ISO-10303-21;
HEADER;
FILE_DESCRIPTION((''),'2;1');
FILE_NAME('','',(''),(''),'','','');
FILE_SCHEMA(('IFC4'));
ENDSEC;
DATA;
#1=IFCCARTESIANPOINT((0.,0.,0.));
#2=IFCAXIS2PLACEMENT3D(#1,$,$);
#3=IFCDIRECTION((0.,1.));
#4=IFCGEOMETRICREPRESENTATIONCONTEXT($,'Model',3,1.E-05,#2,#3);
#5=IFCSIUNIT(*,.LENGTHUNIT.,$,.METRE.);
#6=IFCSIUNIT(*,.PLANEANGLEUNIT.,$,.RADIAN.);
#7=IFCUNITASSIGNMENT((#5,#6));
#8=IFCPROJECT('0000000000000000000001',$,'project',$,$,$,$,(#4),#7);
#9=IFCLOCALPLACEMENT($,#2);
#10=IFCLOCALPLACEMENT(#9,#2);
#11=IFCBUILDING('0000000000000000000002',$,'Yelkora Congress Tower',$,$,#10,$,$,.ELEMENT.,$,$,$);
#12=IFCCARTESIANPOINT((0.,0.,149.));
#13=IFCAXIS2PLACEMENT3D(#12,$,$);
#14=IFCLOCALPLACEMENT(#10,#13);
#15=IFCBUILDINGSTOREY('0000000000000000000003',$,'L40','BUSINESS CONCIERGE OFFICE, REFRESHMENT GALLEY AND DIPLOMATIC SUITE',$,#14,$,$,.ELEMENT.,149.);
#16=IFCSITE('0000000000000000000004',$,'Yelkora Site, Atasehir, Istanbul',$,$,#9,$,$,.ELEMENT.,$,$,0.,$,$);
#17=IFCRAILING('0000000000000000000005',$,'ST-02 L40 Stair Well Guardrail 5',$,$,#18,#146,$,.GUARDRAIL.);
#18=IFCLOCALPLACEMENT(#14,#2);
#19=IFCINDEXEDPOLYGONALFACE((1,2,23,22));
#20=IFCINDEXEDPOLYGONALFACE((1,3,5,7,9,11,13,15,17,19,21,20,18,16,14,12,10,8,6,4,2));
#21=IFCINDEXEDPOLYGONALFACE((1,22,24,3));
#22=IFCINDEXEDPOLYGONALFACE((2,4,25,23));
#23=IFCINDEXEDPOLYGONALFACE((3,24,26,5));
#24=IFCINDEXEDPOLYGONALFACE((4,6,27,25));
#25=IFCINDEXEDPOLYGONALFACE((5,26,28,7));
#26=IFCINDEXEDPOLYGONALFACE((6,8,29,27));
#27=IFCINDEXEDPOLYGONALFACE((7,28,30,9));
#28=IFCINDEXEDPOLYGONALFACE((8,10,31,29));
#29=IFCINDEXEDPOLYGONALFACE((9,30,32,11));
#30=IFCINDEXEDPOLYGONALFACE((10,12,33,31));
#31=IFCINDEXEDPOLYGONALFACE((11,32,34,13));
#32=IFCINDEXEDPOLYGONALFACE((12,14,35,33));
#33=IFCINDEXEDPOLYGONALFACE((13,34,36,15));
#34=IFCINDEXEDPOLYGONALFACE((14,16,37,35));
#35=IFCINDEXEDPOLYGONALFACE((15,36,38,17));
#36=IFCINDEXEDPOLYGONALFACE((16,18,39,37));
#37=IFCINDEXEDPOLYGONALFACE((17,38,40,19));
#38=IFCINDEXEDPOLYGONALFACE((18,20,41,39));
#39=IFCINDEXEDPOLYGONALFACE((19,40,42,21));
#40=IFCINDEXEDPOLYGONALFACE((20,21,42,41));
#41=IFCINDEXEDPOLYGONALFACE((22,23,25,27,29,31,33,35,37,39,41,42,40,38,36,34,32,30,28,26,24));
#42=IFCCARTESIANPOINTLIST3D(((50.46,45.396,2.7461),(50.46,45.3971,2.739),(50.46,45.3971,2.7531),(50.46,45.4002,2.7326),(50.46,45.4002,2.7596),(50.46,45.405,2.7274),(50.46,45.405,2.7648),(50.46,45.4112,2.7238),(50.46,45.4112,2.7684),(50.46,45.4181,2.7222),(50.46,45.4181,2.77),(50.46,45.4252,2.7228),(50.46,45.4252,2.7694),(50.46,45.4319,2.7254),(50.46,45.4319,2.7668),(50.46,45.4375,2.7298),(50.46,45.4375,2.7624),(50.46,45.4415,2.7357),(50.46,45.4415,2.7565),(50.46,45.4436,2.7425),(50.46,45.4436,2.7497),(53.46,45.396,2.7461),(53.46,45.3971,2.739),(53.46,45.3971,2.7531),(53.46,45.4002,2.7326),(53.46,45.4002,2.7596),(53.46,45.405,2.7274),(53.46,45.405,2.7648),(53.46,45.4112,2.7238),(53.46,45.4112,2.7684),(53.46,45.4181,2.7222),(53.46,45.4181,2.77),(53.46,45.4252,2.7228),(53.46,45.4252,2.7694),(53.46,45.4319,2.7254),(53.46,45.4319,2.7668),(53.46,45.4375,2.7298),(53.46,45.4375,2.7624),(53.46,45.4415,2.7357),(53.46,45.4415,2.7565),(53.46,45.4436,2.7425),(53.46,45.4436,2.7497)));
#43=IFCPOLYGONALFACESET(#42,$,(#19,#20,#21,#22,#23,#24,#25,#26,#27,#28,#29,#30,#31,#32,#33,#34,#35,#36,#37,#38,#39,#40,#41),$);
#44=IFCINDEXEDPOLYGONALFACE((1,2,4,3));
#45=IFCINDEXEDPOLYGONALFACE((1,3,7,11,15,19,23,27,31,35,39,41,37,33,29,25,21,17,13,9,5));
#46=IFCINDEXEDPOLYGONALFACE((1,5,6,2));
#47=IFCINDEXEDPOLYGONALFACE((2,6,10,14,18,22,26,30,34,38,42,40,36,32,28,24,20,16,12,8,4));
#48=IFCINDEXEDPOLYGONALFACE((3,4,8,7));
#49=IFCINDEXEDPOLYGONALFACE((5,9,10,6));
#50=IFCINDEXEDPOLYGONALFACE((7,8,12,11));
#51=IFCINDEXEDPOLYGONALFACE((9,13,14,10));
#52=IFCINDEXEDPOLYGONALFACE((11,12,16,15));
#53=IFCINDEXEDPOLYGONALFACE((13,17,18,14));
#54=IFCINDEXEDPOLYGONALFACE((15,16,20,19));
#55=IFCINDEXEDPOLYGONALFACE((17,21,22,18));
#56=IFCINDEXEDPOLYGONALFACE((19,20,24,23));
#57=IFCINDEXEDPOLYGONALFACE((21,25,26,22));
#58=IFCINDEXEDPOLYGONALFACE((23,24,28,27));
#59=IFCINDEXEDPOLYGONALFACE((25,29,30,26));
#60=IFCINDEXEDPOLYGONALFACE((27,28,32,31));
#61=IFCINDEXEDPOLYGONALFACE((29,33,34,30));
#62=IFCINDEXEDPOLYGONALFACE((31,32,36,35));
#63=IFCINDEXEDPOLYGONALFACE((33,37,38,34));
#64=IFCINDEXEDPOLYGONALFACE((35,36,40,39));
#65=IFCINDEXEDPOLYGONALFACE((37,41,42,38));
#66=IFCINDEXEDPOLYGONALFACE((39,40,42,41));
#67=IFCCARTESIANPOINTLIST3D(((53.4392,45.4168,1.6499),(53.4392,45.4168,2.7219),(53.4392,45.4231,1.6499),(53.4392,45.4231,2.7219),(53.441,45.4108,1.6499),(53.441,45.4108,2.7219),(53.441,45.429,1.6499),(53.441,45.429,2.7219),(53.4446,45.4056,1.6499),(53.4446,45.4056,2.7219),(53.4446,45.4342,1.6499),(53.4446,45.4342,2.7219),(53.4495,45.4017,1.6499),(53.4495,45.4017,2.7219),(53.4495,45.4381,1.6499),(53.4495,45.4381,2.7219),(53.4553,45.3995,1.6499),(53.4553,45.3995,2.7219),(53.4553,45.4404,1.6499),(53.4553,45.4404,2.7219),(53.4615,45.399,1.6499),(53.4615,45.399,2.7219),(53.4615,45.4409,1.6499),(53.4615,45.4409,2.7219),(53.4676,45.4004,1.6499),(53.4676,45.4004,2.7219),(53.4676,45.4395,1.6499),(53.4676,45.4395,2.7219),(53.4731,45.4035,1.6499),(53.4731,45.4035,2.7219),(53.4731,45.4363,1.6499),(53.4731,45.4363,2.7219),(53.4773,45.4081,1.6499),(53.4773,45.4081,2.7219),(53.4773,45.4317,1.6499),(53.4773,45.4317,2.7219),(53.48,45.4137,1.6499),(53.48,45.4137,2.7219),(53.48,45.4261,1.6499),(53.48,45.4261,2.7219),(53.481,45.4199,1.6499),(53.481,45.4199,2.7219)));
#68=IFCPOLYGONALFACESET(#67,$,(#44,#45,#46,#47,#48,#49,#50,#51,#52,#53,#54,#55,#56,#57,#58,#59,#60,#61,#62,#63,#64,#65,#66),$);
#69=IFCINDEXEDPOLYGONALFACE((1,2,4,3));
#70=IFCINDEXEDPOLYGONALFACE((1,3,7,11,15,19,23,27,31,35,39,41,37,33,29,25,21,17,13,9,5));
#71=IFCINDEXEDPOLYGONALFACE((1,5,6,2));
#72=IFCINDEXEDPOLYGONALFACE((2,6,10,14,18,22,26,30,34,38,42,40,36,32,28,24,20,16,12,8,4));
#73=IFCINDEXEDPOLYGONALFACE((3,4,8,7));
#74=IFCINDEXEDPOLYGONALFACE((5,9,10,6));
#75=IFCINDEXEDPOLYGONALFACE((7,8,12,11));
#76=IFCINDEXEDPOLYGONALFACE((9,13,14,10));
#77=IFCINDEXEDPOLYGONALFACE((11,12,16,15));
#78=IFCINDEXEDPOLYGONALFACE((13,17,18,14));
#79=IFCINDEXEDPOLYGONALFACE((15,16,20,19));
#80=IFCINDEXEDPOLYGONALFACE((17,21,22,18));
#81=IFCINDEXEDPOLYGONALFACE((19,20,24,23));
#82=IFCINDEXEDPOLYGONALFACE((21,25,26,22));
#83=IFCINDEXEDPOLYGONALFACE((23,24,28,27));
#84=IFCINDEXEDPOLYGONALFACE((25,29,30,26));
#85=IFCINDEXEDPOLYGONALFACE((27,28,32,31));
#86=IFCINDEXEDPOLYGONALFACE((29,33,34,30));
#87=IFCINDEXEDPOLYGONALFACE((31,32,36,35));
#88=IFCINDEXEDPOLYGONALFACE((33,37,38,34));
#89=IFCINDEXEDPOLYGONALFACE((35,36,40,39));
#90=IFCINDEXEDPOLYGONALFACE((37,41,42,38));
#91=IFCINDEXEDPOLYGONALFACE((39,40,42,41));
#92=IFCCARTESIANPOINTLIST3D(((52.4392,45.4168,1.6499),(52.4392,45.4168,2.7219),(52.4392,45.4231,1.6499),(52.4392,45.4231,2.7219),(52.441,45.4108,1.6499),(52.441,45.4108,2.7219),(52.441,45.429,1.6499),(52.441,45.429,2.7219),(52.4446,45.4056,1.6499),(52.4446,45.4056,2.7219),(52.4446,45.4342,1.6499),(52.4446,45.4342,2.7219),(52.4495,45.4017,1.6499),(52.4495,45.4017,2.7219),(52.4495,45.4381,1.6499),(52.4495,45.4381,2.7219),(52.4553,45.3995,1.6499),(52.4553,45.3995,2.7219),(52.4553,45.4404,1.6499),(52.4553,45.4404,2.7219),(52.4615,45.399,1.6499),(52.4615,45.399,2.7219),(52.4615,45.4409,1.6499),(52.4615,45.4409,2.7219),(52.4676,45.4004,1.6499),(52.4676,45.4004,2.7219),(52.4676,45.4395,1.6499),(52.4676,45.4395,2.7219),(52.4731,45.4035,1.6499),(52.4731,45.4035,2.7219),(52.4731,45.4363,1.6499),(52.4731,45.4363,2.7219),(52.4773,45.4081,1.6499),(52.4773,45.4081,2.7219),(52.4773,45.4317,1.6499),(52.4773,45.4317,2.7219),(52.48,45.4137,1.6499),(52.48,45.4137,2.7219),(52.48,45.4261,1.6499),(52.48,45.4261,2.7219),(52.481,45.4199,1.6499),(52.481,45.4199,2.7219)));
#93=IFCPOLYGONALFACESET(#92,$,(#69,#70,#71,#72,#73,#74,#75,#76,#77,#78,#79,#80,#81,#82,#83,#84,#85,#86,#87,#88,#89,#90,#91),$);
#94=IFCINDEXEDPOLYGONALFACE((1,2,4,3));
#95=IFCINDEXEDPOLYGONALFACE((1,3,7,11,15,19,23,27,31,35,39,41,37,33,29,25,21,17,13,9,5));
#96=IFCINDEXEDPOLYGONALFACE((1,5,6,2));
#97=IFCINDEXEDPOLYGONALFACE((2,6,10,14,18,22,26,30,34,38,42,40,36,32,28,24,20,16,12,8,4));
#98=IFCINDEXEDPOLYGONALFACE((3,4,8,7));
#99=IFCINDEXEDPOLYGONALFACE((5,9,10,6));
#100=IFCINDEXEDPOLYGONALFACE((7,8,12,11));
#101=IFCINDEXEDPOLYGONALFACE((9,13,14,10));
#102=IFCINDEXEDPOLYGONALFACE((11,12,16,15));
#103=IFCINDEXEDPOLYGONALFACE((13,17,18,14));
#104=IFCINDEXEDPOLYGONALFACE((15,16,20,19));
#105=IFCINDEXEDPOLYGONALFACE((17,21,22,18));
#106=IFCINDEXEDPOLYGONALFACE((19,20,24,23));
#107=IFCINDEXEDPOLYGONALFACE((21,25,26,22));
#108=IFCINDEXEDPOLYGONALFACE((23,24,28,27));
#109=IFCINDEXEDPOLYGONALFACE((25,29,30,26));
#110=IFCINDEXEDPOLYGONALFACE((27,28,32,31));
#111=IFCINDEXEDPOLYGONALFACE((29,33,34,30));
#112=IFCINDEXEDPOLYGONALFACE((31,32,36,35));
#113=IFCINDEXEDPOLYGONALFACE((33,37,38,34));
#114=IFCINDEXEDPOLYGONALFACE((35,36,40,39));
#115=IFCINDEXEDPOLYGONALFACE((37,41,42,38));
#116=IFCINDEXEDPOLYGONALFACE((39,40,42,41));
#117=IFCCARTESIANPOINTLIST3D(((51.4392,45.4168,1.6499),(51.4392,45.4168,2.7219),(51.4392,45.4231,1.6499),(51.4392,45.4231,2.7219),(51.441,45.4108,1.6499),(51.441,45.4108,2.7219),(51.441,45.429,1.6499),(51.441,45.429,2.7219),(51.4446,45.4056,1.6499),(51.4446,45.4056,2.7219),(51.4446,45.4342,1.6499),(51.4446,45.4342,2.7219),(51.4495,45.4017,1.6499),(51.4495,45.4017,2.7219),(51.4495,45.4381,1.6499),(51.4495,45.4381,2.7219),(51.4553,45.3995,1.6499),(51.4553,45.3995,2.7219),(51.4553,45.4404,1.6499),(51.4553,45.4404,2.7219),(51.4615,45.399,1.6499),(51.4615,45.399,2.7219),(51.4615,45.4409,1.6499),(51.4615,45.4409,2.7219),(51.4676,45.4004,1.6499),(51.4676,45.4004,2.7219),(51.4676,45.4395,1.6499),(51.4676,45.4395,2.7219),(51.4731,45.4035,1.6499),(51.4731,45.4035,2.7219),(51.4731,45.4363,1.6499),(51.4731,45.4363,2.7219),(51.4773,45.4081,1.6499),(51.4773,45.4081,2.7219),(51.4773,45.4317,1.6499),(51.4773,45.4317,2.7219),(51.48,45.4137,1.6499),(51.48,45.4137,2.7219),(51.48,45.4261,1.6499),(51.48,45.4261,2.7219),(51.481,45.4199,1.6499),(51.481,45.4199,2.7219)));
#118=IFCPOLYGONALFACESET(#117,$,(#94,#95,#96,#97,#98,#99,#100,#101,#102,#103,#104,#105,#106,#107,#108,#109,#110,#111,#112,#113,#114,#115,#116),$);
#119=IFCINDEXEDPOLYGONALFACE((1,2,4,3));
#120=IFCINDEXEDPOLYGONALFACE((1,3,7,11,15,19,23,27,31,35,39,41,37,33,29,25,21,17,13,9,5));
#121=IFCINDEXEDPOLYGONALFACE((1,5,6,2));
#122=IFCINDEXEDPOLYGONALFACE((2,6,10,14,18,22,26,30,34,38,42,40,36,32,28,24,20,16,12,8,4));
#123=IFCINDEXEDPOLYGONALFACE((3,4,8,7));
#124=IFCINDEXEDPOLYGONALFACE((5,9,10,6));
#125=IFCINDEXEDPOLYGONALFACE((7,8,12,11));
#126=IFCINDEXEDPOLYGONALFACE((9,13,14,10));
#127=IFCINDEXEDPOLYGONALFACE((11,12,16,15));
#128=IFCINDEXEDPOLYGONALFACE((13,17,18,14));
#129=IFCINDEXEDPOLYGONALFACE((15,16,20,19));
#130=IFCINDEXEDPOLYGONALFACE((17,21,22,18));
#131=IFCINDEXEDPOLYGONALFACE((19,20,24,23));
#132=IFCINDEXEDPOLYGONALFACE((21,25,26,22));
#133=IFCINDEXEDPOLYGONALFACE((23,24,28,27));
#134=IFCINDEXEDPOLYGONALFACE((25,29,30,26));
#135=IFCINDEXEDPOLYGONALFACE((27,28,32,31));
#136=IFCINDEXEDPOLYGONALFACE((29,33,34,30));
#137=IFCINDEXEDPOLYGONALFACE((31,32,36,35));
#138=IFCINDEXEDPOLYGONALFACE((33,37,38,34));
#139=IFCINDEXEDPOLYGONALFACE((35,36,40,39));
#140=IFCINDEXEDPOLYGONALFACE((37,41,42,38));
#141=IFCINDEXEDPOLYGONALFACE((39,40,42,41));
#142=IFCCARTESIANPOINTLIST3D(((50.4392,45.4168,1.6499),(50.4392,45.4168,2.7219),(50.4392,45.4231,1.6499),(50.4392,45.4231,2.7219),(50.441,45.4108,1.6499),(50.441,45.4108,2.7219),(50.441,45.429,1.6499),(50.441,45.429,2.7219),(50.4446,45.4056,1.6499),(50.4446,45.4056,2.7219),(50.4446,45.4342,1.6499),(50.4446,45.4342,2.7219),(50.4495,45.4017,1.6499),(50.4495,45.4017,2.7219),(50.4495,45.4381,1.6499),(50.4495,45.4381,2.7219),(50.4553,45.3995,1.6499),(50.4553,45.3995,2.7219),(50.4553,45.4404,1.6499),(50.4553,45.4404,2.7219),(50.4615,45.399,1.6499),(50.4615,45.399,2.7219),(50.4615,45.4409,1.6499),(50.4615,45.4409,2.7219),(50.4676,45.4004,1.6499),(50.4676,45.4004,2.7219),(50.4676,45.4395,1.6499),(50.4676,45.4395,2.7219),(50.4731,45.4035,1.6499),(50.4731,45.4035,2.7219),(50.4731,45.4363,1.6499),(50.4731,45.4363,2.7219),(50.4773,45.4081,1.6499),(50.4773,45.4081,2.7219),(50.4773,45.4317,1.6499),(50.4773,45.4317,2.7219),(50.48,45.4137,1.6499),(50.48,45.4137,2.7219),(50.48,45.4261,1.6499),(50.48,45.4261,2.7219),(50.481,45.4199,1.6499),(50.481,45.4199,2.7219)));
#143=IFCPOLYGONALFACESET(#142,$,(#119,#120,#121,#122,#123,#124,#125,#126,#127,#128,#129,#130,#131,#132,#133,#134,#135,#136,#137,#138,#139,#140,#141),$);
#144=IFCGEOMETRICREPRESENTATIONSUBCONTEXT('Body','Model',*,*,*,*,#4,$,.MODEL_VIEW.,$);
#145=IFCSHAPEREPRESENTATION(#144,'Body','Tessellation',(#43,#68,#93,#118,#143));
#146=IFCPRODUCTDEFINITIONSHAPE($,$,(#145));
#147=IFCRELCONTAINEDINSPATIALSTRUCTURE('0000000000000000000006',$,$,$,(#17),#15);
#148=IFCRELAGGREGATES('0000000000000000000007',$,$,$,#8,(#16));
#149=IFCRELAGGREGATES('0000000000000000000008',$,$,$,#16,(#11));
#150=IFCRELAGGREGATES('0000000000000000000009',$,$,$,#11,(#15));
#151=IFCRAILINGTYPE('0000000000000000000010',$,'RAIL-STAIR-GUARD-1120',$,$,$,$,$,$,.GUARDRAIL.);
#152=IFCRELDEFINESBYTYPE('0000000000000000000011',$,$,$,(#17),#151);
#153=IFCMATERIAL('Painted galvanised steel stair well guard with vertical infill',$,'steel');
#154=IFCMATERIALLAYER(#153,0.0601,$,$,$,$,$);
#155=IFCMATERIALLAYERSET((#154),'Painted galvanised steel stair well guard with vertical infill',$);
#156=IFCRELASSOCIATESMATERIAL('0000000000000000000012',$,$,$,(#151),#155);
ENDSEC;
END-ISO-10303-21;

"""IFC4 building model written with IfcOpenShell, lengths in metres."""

from ifc_helpers import new_model, si_unit, direction, frame, origin, origin_2d, place, context, subcontext, project, spatial, circle, extrude, material, layer, layer_set, type_object, element, save


model = new_model("IFC4")

# Units and contexts
model_context = context("Model", 3, precision=1e-05, world=origin(), true_north=direction((0.0, 1.0)))
body_context = subcontext(model_context, "Body", "Model", "MODEL_VIEW")
ifc_project = project(units=[si_unit("LENGTHUNIT", "METRE"), si_unit("PLANEANGLEUNIT", "RADIAN")], contexts=[model_context])

# Site, building, storey
site_placement = place(None, origin())
site = spatial("IfcSite", under=ifc_project, at=site_placement, Name="Yelkora Site, Atasehir, Istanbul", CompositionType="ELEMENT", RefElevation=0.0)
building_placement = place(site_placement, origin())
building = spatial("IfcBuilding", under=site, at=building_placement, Name="Yelkora Congress Tower", CompositionType="ELEMENT")
storey_placement = place(building_placement, frame((0.0, 0.0, 149.0)))
storey = spatial("IfcBuildingStorey", under=building, at=storey_placement, Name="L40", Description="BUSINESS CONCIERGE OFFICE, REFRESHMENT GALLEY AND DIPLOMATIC SUITE", CompositionType="ELEMENT", Elevation=149.0)

# Railing
ifc_material_1 = material(Name="Painted galvanised steel stair well guard with vertical infill", Category="steel")
ifc_layer_1 = layer(ifc_material_1, 0.0601)
ifc_layer_set_1 = layer_set([ifc_layer_1], Name="Painted galvanised steel stair well guard with vertical infill")
railing_type = type_object("IfcRailingType", Name="RAIL-STAIR-GUARD-1120", PredefinedType="GUARDRAIL", material=ifc_layer_set_1)
railing_1_placement = place(storey_placement, frame((53.46, 45.4199, 1.6499)))
element("IfcRailing", 1, at=railing_1_placement, inside=storey, type_object=railing_type, Name="ST-02 L40 Stair Well Guardrail 5", PredefinedType="GUARDRAIL", context=body_context, shape_type="SweptSolid", body=[
    extrude(circle(Radius=0.0239, at=origin_2d()), frame((0.0, 0.0, 1.0962), z_axis=(-1.0, 0.0, 0.0), x_axis=(0.0, -1.0, 0.0)), (0.0, 0.0, 1.0), 3.0),
    extrude(circle(Radius=0.021, at=origin_2d()), origin(), (0.0, 0.0, 1.0), 1.072),
    extrude(circle(Radius=0.021, at=origin_2d()), frame((-1.0, 0.0, 0.0)), (0.0, 0.0, 1.0), 1.072),
    extrude(circle(Radius=0.021, at=origin_2d()), frame((-2.0, 0.0, 0.0)), (0.0, 0.0, 1.0), 1.072),
    extrude(circle(Radius=0.021, at=origin_2d()), frame((-3.0, 0.0, 0.0)), (0.0, 0.0, 1.0), 1.072),
])

save(model, "model.ifc")
